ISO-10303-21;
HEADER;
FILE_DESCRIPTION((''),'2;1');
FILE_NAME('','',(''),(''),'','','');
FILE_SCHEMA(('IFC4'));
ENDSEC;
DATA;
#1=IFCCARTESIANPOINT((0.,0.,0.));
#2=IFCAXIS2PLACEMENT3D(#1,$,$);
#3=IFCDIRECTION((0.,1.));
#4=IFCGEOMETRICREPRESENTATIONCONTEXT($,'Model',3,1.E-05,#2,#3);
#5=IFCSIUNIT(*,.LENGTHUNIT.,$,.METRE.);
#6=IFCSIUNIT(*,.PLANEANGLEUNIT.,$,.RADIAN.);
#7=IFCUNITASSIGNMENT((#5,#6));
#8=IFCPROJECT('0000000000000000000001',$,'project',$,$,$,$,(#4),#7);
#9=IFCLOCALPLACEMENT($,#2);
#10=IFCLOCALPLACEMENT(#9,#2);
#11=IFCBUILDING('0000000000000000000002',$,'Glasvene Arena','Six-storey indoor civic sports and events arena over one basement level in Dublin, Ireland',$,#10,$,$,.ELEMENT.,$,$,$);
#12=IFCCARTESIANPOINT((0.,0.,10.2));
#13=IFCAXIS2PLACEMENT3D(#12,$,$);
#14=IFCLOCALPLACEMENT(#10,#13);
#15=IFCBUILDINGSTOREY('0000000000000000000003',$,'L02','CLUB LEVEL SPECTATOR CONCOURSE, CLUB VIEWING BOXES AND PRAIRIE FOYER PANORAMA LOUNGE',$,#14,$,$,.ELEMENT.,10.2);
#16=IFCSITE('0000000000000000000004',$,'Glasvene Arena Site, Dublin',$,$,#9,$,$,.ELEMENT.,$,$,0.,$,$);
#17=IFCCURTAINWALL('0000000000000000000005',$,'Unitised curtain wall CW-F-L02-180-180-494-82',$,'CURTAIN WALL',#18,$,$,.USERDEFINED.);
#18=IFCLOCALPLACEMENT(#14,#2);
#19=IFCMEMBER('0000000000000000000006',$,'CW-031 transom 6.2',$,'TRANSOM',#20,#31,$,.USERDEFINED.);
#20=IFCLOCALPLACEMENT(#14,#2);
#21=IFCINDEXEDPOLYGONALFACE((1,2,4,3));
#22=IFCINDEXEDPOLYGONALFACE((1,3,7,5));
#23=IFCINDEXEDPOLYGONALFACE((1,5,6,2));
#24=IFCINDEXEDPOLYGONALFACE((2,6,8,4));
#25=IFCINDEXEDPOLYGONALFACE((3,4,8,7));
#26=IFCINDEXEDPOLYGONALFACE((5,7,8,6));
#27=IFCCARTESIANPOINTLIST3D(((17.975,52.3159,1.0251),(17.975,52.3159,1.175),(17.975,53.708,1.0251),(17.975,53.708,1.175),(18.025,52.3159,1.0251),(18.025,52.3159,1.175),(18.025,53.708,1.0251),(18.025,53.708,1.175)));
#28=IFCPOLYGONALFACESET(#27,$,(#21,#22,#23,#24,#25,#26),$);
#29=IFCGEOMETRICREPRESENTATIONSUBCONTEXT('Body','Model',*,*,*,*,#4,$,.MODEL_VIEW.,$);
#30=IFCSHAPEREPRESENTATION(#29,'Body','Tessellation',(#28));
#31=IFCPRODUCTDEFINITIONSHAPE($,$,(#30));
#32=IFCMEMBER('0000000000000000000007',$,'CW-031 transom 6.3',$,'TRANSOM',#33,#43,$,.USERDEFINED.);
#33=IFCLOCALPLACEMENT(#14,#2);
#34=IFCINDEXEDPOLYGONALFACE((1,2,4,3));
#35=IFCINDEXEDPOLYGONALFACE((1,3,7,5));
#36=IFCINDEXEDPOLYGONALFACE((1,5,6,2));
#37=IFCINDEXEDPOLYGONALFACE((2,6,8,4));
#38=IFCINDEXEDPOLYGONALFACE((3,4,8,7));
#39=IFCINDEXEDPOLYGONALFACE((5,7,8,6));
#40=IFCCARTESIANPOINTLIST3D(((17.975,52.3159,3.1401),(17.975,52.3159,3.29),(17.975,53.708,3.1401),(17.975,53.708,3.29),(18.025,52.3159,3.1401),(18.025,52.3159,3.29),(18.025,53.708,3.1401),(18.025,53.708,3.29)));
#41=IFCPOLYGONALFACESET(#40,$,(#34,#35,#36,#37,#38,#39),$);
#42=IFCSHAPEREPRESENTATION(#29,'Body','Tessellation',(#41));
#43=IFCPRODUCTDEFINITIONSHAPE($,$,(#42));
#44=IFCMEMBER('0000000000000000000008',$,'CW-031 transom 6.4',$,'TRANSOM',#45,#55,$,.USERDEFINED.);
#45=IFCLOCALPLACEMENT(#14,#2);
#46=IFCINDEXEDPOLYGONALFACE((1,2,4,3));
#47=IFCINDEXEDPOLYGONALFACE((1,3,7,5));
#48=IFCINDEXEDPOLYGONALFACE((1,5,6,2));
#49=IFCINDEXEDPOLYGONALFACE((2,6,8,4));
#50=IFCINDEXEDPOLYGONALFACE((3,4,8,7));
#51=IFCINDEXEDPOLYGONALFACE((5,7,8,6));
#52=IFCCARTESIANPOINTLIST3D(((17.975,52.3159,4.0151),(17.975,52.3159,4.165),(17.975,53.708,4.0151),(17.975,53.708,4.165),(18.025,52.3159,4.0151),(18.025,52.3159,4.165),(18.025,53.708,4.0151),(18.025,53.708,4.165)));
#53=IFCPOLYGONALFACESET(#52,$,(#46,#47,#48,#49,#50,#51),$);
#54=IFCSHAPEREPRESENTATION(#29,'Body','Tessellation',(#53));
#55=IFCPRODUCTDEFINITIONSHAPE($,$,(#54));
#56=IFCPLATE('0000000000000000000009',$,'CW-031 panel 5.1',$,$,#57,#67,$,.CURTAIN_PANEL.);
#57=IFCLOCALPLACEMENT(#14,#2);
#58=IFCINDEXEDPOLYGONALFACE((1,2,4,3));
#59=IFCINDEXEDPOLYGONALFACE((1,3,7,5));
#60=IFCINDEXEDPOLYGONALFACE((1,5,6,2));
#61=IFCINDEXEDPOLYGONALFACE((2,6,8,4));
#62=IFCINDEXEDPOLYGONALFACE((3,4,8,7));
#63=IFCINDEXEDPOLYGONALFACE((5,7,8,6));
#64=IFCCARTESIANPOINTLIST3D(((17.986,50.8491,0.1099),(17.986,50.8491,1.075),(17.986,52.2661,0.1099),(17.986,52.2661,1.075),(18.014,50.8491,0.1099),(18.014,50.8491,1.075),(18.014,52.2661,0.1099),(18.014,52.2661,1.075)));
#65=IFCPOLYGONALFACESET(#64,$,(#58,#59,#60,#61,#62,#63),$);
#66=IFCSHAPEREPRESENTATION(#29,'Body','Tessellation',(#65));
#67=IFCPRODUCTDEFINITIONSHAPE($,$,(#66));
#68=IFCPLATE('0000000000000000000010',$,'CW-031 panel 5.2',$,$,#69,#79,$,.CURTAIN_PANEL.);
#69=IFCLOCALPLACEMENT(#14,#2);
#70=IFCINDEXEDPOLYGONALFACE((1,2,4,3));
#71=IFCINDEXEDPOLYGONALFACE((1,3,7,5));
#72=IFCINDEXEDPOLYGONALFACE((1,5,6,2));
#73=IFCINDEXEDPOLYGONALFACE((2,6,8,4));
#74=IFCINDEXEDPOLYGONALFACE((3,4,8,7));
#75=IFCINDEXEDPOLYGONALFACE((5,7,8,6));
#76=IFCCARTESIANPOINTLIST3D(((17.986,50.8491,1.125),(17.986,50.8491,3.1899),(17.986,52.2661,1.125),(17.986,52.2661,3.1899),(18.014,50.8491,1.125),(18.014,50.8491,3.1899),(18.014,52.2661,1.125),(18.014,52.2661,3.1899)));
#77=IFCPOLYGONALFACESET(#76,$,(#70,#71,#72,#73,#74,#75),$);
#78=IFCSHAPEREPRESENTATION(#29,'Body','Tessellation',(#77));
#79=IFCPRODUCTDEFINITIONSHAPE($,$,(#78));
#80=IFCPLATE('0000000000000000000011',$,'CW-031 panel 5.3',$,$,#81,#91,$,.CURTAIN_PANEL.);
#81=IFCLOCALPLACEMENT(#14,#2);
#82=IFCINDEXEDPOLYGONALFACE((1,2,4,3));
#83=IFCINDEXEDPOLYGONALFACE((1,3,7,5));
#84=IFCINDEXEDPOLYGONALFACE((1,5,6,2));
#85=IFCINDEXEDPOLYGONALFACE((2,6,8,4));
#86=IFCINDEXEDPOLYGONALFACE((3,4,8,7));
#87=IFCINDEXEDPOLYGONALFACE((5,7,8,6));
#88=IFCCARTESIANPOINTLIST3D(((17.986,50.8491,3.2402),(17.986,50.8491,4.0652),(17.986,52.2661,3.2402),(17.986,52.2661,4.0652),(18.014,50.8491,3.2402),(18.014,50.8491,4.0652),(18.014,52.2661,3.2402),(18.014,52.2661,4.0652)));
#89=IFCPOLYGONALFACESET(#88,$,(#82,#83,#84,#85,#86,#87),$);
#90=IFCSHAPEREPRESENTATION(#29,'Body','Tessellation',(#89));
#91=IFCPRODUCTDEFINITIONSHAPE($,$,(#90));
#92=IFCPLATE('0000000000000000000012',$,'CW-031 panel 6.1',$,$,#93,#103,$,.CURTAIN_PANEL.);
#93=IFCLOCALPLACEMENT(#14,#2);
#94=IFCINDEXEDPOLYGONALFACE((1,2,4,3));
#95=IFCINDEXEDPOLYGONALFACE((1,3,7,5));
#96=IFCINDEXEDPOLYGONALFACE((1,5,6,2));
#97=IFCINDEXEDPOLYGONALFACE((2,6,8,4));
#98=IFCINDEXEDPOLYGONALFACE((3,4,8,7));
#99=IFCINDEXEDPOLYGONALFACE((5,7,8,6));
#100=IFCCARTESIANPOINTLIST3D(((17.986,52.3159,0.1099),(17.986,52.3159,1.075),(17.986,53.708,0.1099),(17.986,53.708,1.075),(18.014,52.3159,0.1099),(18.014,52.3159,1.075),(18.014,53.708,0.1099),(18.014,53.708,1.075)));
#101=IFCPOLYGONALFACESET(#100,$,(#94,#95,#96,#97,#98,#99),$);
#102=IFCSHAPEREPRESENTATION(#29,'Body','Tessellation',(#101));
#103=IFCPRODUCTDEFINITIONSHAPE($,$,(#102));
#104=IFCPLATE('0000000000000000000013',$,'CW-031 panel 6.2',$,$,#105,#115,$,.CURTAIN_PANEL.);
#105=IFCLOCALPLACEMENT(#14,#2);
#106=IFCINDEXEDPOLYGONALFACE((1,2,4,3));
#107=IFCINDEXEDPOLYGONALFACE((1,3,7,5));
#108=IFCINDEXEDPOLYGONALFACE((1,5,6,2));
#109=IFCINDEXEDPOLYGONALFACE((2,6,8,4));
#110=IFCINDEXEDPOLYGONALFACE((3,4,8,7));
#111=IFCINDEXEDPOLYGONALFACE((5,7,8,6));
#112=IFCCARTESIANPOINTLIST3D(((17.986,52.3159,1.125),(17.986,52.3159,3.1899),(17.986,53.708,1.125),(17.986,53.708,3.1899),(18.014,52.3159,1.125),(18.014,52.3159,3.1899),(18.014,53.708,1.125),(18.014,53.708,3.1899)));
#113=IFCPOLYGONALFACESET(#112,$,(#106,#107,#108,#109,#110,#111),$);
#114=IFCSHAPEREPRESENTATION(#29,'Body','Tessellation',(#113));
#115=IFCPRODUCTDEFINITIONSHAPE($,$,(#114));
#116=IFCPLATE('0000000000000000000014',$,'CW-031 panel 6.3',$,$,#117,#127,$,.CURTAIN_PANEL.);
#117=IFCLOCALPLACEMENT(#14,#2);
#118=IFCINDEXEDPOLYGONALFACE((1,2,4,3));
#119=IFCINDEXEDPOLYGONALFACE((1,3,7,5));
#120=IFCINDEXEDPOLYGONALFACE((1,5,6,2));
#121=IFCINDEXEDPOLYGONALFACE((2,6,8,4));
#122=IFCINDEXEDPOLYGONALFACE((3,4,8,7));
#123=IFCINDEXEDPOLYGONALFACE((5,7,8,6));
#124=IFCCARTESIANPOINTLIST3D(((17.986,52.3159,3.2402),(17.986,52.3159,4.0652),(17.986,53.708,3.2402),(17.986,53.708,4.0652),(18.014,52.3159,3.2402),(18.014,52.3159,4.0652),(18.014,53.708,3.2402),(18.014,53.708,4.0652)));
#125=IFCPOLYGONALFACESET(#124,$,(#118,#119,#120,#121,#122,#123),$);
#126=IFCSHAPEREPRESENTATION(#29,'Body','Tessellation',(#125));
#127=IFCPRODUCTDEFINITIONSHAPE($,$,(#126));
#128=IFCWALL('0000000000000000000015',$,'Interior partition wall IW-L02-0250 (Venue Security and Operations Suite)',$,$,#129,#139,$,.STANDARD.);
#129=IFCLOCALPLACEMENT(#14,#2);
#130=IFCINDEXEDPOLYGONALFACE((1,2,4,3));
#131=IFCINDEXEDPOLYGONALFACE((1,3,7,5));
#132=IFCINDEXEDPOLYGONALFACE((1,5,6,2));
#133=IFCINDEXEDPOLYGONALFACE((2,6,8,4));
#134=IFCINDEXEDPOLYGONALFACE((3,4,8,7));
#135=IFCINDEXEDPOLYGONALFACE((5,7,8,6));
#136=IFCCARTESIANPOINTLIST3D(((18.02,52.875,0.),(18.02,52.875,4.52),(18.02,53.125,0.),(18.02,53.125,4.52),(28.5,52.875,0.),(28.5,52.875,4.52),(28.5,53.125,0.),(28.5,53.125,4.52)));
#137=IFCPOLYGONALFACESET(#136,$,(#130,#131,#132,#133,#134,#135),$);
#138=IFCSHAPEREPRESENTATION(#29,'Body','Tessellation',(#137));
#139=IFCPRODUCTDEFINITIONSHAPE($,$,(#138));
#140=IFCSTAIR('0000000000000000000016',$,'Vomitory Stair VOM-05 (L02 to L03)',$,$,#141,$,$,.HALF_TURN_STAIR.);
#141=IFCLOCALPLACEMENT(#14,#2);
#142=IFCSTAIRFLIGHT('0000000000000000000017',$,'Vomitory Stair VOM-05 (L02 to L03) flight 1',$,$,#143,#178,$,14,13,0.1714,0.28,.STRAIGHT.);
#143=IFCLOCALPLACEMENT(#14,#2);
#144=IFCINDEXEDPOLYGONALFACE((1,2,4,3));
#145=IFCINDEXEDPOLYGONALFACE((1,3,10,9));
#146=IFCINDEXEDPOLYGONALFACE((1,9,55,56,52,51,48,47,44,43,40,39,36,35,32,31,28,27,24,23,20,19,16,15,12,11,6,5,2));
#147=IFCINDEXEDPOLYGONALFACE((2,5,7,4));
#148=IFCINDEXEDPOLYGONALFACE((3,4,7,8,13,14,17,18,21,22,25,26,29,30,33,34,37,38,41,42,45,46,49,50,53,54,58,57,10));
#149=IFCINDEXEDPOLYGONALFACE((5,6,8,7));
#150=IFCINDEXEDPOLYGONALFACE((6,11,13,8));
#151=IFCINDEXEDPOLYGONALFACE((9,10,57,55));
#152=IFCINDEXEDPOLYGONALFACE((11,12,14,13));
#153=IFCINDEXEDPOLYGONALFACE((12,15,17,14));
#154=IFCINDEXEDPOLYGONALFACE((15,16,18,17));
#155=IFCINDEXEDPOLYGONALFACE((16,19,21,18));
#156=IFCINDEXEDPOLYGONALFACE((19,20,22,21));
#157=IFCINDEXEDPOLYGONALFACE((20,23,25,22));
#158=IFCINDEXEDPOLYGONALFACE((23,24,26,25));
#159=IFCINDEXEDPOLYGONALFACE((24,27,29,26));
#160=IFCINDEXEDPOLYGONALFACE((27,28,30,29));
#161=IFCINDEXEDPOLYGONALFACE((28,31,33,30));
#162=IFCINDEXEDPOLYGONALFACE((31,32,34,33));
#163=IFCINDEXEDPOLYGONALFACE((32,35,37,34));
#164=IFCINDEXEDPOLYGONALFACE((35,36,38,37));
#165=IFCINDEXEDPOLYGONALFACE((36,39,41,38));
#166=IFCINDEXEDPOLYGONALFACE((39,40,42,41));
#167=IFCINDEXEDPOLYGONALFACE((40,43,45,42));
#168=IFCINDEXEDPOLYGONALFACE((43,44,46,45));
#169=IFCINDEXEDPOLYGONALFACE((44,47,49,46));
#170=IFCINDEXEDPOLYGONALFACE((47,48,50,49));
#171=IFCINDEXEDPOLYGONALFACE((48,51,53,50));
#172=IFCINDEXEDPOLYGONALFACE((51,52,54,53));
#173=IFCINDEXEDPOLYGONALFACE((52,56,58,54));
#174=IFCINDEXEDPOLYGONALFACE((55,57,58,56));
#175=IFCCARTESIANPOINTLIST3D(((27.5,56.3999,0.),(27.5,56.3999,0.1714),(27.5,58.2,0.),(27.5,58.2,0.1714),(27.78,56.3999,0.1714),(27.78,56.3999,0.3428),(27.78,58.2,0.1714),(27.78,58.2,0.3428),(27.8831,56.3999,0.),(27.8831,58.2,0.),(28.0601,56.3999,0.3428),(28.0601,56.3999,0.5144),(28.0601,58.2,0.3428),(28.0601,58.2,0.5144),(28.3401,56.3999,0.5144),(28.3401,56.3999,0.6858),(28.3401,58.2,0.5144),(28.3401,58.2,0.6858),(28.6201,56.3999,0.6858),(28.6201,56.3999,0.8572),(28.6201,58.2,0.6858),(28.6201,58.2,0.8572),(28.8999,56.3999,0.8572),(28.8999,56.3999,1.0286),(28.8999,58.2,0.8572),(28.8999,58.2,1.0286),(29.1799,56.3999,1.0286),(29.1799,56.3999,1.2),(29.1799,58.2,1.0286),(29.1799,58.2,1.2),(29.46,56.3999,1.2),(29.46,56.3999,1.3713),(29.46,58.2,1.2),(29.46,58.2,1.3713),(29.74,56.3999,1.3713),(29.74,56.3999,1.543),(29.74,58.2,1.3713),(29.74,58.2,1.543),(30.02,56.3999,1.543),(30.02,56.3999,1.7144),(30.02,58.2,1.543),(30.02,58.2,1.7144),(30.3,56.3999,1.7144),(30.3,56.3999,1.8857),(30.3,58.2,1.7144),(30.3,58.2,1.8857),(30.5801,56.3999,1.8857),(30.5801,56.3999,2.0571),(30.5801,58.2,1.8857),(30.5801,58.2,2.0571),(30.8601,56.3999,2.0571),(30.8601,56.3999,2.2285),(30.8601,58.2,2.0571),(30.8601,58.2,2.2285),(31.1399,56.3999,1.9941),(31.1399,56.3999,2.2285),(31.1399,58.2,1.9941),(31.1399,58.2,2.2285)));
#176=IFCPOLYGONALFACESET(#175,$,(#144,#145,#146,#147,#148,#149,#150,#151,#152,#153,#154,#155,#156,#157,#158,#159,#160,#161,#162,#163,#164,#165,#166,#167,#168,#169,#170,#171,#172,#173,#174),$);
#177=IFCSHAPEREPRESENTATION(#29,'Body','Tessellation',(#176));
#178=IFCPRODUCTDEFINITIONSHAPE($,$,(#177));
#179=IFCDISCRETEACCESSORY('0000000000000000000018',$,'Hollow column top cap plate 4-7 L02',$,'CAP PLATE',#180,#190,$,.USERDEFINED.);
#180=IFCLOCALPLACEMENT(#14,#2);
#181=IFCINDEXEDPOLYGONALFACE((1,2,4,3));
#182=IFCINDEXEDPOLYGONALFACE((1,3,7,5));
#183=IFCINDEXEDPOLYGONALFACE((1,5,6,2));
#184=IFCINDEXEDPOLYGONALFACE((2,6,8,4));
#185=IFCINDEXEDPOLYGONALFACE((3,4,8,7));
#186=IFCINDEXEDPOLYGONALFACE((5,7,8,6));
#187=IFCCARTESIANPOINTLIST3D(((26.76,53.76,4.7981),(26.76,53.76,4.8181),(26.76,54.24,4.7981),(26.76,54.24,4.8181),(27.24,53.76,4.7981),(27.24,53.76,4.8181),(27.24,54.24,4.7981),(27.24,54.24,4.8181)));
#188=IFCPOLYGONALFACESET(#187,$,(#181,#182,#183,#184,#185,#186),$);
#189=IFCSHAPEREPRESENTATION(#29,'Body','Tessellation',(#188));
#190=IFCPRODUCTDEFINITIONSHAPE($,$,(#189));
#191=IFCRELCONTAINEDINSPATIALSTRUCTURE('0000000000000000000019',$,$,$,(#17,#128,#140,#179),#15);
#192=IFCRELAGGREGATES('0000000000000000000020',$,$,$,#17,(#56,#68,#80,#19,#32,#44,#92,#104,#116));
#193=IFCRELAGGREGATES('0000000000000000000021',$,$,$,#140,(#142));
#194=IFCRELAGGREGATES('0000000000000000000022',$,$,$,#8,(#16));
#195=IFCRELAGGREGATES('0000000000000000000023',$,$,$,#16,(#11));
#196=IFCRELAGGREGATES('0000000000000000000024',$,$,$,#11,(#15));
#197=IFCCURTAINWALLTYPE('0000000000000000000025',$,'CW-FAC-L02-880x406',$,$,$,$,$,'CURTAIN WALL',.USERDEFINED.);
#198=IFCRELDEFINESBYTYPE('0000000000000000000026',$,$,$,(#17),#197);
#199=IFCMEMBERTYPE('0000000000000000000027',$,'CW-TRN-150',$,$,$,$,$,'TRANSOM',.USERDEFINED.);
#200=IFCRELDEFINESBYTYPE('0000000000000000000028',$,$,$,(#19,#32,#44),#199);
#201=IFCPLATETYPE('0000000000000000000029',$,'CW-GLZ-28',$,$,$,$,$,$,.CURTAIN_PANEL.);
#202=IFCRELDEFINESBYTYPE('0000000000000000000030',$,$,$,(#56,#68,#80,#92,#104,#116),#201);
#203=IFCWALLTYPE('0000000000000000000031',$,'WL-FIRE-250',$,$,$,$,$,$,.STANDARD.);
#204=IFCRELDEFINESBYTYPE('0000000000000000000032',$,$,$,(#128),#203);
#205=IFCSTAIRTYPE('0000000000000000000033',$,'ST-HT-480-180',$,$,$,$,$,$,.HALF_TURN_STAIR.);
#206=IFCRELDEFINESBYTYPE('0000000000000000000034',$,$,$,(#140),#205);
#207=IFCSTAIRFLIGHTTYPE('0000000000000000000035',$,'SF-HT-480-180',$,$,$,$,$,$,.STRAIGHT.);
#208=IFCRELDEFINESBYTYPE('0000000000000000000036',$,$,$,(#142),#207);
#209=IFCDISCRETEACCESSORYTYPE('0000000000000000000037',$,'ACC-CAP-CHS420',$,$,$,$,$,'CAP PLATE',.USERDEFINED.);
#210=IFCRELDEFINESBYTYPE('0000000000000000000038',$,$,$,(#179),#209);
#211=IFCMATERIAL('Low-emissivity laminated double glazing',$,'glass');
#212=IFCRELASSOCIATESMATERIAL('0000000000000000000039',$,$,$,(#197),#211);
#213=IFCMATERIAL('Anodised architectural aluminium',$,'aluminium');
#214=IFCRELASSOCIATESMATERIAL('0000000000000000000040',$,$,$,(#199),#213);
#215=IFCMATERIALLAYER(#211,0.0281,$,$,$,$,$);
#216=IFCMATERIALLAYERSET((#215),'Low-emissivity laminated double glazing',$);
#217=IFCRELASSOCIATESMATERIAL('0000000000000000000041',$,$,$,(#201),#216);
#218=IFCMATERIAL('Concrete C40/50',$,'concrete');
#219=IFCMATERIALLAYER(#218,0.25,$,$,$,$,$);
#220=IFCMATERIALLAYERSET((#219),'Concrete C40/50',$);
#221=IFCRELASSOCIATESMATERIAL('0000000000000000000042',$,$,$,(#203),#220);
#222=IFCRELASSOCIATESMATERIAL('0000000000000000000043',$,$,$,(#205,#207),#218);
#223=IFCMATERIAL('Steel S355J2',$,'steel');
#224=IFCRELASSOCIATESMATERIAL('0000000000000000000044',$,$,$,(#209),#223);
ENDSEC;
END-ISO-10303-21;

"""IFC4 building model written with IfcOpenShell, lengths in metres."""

from ifc_helpers import new_model, si_unit, direction, frame, frame_2d, origin, origin_2d, place, context, subcontext, project, spatial, polyline, rectangle, outline, extrude, material, layer, layer_set, material_profile, profile_set, type_object, element, aggregate, save


model = new_model("IFC4")

# Units and contexts
model_context = context("Model", 3, precision=1e-05, world=origin(), true_north=direction((0.0, 1.0)))
body_context = subcontext(model_context, "Body", "Model", "MODEL_VIEW")
ifc_project = project(units=[si_unit("LENGTHUNIT", "METRE"), si_unit("PLANEANGLEUNIT", "RADIAN")], contexts=[model_context])

# Site, building, storey
site_placement = place(None, origin())
site = spatial("IfcSite", under=ifc_project, at=site_placement, Name="Glasvene Arena Site, Dublin", CompositionType="ELEMENT", RefElevation=0.0)
building_placement = place(site_placement, origin())
building = spatial("IfcBuilding", under=site, at=building_placement, Name="Glasvene Arena", Description="Six-storey indoor civic sports and events arena over one basement level in Dublin, Ireland", CompositionType="ELEMENT")
storey_placement = place(building_placement, frame((0.0, 0.0, 10.2)))
storey = spatial("IfcBuildingStorey", under=building, at=storey_placement, Name="L02", Description="CLUB LEVEL SPECTATOR CONCOURSE, CLUB VIEWING BOXES AND PRAIRIE FOYER PANORAMA LOUNGE", CompositionType="ELEMENT", Elevation=10.2)

# Shared definitions
ifc_material_1 = material(Name="Steel S355J2", Category="steel")

# Curtain wall, members, plates
ifc_material_2 = material(Name="Low-emissivity laminated double glazing", Category="glass")
curtain_wall_type = type_object("IfcCurtainWallType", Name="CW-FAC-L02-880x406", ElementType="CURTAIN WALL", PredefinedType="USERDEFINED", material=ifc_material_2)
curtain_wall_placement = place(storey_placement, frame((18.0, 44.9561, 0.0)))
curtain_wall = element("IfcCurtainWall", 1, at=curtain_wall_placement, inside=storey, type_object=curtain_wall_type, Name="Unitised curtain wall CW-F-L02-180-180-494-82", ObjectType="CURTAIN WALL", PredefinedType="USERDEFINED")
ifc_material_3 = material(Name="Anodised architectural aluminium", Category="aluminium")
ifc_material_profile_1 = material_profile(ifc_material_3, rectangle(XDim=0.05, YDim=0.1499, at=origin_2d()), Name="ALU TRANSOM 50x150")
ifc_profile_set_1 = profile_set([ifc_material_profile_1], Name="Anodised architectural aluminium")
member_type_1 = type_object("IfcMemberType", Name="CW-TRN-150", ElementType="TRANSOM", PredefinedType="USERDEFINED", material=ifc_profile_set_1)
member_1_placement = place(storey_placement, frame((18.0, 52.3159, 1.1001), z_axis=(0.0, 1.0, 0.0), x_axis=(-1.0, 0.0, 0.0)))
member_1 = element("IfcMember", 2, at=member_1_placement, type_object=member_type_1, Name="CW-031 transom 6.2", ObjectType="TRANSOM", PredefinedType="USERDEFINED", context=body_context, shape_type="SweptSolid", body=[
    extrude(rectangle(XDim=0.05, YDim=0.1499, at=origin_2d()), origin(), (0.0, 0.0, 1.0), 1.3921),
])
member_2_placement = place(storey_placement, frame((18.0, 52.3159, 3.2151), z_axis=(0.0, 1.0, 0.0), x_axis=(-1.0, 0.0, 0.0)))
member_2 = element("IfcMember", 3, at=member_2_placement, type_object=member_type_1, Name="CW-031 transom 6.3", ObjectType="TRANSOM", PredefinedType="USERDEFINED", context=body_context, shape_type="SweptSolid", body=[
    extrude(rectangle(XDim=0.05, YDim=0.1499, at=origin_2d()), origin(), (0.0, 0.0, 1.0), 1.3921),
])
member_3_placement = place(storey_placement, frame((18.0, 52.3159, 4.0901), z_axis=(0.0, 1.0, 0.0), x_axis=(-1.0, 0.0, 0.0)))
member_3 = element("IfcMember", 4, at=member_3_placement, type_object=member_type_1, Name="CW-031 transom 6.4", ObjectType="TRANSOM", PredefinedType="USERDEFINED", context=body_context, shape_type="SweptSolid", body=[
    extrude(rectangle(XDim=0.05, YDim=0.1499, at=origin_2d()), origin(), (0.0, 0.0, 1.0), 1.3921),
])
ifc_layer_1 = layer(ifc_material_2, 0.0281)
ifc_layer_set_1 = layer_set([ifc_layer_1], Name="Low-emissivity laminated double glazing")
plate_type = type_object("IfcPlateType", Name="CW-GLZ-28", PredefinedType="CURTAIN_PANEL", material=ifc_layer_set_1)
plate_1_placement = place(storey_placement, frame((18.0, 51.5576, 0.1099), z_axis=(0.0, 0.0, 1.0), x_axis=(0.0, 1.0, 0.0)))
plate_1 = element("IfcPlate", 5, at=plate_1_placement, type_object=plate_type, Name="CW-031 panel 5.1", PredefinedType="CURTAIN_PANEL", context=body_context, shape_type="SweptSolid", body=[
    extrude(rectangle(XDim=1.417, YDim=0.0281, at=origin_2d()), origin(), (0.0, 0.0, 1.0), 0.9651),
])
plate_2_placement = place(storey_placement, frame((18.0, 51.5576, 1.125), z_axis=(0.0, 0.0, 1.0), x_axis=(0.0, 1.0, 0.0)))
plate_2 = element("IfcPlate", 6, at=plate_2_placement, type_object=plate_type, Name="CW-031 panel 5.2", PredefinedType="CURTAIN_PANEL", context=body_context, shape_type="SweptSolid", body=[
    extrude(rectangle(XDim=1.417, YDim=0.0281, at=origin_2d()), origin(), (0.0, 0.0, 1.0), 2.0649),
])
plate_3_placement = place(storey_placement, frame((18.0, 51.5576, 3.2402), z_axis=(0.0, 0.0, 1.0), x_axis=(0.0, 1.0, 0.0)))
plate_3 = element("IfcPlate", 7, at=plate_3_placement, type_object=plate_type, Name="CW-031 panel 5.3", PredefinedType="CURTAIN_PANEL", context=body_context, shape_type="SweptSolid", body=[
    extrude(rectangle(XDim=1.417, YDim=0.0281, at=origin_2d()), origin(), (0.0, 0.0, 1.0), 0.825),
])
plate_4_placement = place(storey_placement, frame((18.0, 53.012, 0.1099), z_axis=(0.0, 0.0, 1.0), x_axis=(0.0, 1.0, 0.0)))
plate_4 = element("IfcPlate", 8, at=plate_4_placement, type_object=plate_type, Name="CW-031 panel 6.1", PredefinedType="CURTAIN_PANEL", context=body_context, shape_type="SweptSolid", body=[
    extrude(rectangle(XDim=1.3921, YDim=0.0281, at=origin_2d()), origin(), (0.0, 0.0, 1.0), 0.9651),
])
plate_5_placement = place(storey_placement, frame((18.0, 53.012, 1.125), z_axis=(0.0, 0.0, 1.0), x_axis=(0.0, 1.0, 0.0)))
plate_5 = element("IfcPlate", 9, at=plate_5_placement, type_object=plate_type, Name="CW-031 panel 6.2", PredefinedType="CURTAIN_PANEL", context=body_context, shape_type="SweptSolid", body=[
    extrude(rectangle(XDim=1.3921, YDim=0.0281, at=origin_2d()), origin(), (0.0, 0.0, 1.0), 2.0649),
])
plate_6_placement = place(storey_placement, frame((18.0, 53.012, 3.2402), z_axis=(0.0, 0.0, 1.0), x_axis=(0.0, 1.0, 0.0)))
plate_6 = element("IfcPlate", 10, at=plate_6_placement, type_object=plate_type, Name="CW-031 panel 6.3", PredefinedType="CURTAIN_PANEL", context=body_context, shape_type="SweptSolid", body=[
    extrude(rectangle(XDim=1.3921, YDim=0.0281, at=origin_2d()), origin(), (0.0, 0.0, 1.0), 0.825),
])
aggregate(curtain_wall, [plate_1, plate_2, plate_3, member_1, member_2, member_3, plate_4, plate_5, plate_6])

# Wall
ifc_material_4 = material(Name="Concrete C40/50", Category="concrete")
ifc_layer_2 = layer(ifc_material_4, 0.25)
ifc_layer_set_2 = layer_set([ifc_layer_2], Name="Concrete C40/50")
wall_type = type_object("IfcWallType", Name="WL-FIRE-250", PredefinedType="STANDARD", material=ifc_layer_set_2)
wall_placement = place(storey_placement, frame((18.02, 53.0, 0.0), z_axis=(0.0, 0.0, 1.0), x_axis=(1.0, 0.0, 0.0)))
element("IfcWall", 11, at=wall_placement, inside=storey, type_object=wall_type, Name="Interior partition wall IW-L02-0250 (Venue Security and Operations Suite)", PredefinedType="STANDARD", context=body_context, shape_type="SweptSolid", body=[
    extrude(rectangle(XDim=10.48, YDim=0.25, at=frame_2d((5.24, 0.0))), origin(), (0.0, 0.0, 1.0), 4.52),
])

# Stair, stair flight
stair_type = type_object("IfcStairType", Name="ST-HT-480-180", PredefinedType="HALF_TURN_STAIR", material=ifc_material_4)
stair_placement = place(storey_placement, origin())
stair = element("IfcStair", 12, at=stair_placement, inside=storey, type_object=stair_type, Name="Vomitory Stair VOM-05 (L02 to L03)", PredefinedType="HALF_TURN_STAIR")
stair_flight_type = type_object("IfcStairFlightType", Name="SF-HT-480-180", PredefinedType="STRAIGHT", material=ifc_material_4)
stair_flight_placement = place(storey_placement, frame((27.5, 57.3, 0.0), z_axis=(0.0, 0.0, 1.0), x_axis=(1.0, 0.0, 0.0)))
stair_flight = element("IfcStairFlight", 13, at=stair_flight_placement, type_object=stair_flight_type, Name="Vomitory Stair VOM-05 (L02 to L03) flight 1", NumberOfRisers=14, NumberOfTreads=13, PredefinedType="STRAIGHT", RiserHeight=0.1714, TreadLength=0.28, context=body_context, shape_type="SweptSolid", body=[
    extrude(outline(polyline([(0.0, 0.0), (0.0, 0.1714), (0.28, 0.1714), (0.28, 0.3428), (0.5601, 0.3428), (0.5601, 0.5144), (0.8401, 0.5144), (0.8401, 0.6858), (1.1201, 0.6858), (1.1201, 0.8572), (1.3999, 0.8572), (1.3999, 1.0286), (1.6799, 1.0286), (1.6799, 1.2), (1.96, 1.2), (1.96, 1.3713), (2.24, 1.3713), (2.24, 1.543), (2.52, 1.543), (2.52, 1.7144), (2.8, 1.7144), (2.8, 1.8857), (3.0801, 1.8857), (3.0801, 2.0571), (3.3601, 2.0571), (3.3601, 2.2285), (3.6399, 2.2285), (3.6399, 2.3999), (3.6399, 1.9941), (0.3831, 0.0), (0.0, 0.0)])), frame((0.0, 0.8999, 0.0), z_axis=(0.0, -1.0, 0.0), x_axis=(1.0, 0.0, 0.0)), (0.0, 0.0, 1.0), 1.8),
])
aggregate(stair, [stair_flight])

# Discrete accessory
discrete_accessory_type_1 = type_object("IfcDiscreteAccessoryType", Name="ACC-CAP-CHS420", ElementType="CAP PLATE", PredefinedType="USERDEFINED", material=ifc_material_1)
discrete_accessory_placement = place(storey_placement, frame((27.0, 54.0, 4.7981), z_axis=(0.0, 0.0, 1.0), x_axis=(1.0, 0.0, 0.0)))
element("IfcDiscreteAccessory", 14, at=discrete_accessory_placement, inside=storey, type_object=discrete_accessory_type_1, Name="Hollow column top cap plate 4-7 L02", ObjectType="CAP PLATE", PredefinedType="USERDEFINED", context=body_context, shape_type="SweptSolid", body=[
    extrude(rectangle(XDim=0.48, YDim=0.48, at=origin_2d()), origin(), (0.0, 0.0, 1.0), 0.02),
])

save(model, "model.ifc")
